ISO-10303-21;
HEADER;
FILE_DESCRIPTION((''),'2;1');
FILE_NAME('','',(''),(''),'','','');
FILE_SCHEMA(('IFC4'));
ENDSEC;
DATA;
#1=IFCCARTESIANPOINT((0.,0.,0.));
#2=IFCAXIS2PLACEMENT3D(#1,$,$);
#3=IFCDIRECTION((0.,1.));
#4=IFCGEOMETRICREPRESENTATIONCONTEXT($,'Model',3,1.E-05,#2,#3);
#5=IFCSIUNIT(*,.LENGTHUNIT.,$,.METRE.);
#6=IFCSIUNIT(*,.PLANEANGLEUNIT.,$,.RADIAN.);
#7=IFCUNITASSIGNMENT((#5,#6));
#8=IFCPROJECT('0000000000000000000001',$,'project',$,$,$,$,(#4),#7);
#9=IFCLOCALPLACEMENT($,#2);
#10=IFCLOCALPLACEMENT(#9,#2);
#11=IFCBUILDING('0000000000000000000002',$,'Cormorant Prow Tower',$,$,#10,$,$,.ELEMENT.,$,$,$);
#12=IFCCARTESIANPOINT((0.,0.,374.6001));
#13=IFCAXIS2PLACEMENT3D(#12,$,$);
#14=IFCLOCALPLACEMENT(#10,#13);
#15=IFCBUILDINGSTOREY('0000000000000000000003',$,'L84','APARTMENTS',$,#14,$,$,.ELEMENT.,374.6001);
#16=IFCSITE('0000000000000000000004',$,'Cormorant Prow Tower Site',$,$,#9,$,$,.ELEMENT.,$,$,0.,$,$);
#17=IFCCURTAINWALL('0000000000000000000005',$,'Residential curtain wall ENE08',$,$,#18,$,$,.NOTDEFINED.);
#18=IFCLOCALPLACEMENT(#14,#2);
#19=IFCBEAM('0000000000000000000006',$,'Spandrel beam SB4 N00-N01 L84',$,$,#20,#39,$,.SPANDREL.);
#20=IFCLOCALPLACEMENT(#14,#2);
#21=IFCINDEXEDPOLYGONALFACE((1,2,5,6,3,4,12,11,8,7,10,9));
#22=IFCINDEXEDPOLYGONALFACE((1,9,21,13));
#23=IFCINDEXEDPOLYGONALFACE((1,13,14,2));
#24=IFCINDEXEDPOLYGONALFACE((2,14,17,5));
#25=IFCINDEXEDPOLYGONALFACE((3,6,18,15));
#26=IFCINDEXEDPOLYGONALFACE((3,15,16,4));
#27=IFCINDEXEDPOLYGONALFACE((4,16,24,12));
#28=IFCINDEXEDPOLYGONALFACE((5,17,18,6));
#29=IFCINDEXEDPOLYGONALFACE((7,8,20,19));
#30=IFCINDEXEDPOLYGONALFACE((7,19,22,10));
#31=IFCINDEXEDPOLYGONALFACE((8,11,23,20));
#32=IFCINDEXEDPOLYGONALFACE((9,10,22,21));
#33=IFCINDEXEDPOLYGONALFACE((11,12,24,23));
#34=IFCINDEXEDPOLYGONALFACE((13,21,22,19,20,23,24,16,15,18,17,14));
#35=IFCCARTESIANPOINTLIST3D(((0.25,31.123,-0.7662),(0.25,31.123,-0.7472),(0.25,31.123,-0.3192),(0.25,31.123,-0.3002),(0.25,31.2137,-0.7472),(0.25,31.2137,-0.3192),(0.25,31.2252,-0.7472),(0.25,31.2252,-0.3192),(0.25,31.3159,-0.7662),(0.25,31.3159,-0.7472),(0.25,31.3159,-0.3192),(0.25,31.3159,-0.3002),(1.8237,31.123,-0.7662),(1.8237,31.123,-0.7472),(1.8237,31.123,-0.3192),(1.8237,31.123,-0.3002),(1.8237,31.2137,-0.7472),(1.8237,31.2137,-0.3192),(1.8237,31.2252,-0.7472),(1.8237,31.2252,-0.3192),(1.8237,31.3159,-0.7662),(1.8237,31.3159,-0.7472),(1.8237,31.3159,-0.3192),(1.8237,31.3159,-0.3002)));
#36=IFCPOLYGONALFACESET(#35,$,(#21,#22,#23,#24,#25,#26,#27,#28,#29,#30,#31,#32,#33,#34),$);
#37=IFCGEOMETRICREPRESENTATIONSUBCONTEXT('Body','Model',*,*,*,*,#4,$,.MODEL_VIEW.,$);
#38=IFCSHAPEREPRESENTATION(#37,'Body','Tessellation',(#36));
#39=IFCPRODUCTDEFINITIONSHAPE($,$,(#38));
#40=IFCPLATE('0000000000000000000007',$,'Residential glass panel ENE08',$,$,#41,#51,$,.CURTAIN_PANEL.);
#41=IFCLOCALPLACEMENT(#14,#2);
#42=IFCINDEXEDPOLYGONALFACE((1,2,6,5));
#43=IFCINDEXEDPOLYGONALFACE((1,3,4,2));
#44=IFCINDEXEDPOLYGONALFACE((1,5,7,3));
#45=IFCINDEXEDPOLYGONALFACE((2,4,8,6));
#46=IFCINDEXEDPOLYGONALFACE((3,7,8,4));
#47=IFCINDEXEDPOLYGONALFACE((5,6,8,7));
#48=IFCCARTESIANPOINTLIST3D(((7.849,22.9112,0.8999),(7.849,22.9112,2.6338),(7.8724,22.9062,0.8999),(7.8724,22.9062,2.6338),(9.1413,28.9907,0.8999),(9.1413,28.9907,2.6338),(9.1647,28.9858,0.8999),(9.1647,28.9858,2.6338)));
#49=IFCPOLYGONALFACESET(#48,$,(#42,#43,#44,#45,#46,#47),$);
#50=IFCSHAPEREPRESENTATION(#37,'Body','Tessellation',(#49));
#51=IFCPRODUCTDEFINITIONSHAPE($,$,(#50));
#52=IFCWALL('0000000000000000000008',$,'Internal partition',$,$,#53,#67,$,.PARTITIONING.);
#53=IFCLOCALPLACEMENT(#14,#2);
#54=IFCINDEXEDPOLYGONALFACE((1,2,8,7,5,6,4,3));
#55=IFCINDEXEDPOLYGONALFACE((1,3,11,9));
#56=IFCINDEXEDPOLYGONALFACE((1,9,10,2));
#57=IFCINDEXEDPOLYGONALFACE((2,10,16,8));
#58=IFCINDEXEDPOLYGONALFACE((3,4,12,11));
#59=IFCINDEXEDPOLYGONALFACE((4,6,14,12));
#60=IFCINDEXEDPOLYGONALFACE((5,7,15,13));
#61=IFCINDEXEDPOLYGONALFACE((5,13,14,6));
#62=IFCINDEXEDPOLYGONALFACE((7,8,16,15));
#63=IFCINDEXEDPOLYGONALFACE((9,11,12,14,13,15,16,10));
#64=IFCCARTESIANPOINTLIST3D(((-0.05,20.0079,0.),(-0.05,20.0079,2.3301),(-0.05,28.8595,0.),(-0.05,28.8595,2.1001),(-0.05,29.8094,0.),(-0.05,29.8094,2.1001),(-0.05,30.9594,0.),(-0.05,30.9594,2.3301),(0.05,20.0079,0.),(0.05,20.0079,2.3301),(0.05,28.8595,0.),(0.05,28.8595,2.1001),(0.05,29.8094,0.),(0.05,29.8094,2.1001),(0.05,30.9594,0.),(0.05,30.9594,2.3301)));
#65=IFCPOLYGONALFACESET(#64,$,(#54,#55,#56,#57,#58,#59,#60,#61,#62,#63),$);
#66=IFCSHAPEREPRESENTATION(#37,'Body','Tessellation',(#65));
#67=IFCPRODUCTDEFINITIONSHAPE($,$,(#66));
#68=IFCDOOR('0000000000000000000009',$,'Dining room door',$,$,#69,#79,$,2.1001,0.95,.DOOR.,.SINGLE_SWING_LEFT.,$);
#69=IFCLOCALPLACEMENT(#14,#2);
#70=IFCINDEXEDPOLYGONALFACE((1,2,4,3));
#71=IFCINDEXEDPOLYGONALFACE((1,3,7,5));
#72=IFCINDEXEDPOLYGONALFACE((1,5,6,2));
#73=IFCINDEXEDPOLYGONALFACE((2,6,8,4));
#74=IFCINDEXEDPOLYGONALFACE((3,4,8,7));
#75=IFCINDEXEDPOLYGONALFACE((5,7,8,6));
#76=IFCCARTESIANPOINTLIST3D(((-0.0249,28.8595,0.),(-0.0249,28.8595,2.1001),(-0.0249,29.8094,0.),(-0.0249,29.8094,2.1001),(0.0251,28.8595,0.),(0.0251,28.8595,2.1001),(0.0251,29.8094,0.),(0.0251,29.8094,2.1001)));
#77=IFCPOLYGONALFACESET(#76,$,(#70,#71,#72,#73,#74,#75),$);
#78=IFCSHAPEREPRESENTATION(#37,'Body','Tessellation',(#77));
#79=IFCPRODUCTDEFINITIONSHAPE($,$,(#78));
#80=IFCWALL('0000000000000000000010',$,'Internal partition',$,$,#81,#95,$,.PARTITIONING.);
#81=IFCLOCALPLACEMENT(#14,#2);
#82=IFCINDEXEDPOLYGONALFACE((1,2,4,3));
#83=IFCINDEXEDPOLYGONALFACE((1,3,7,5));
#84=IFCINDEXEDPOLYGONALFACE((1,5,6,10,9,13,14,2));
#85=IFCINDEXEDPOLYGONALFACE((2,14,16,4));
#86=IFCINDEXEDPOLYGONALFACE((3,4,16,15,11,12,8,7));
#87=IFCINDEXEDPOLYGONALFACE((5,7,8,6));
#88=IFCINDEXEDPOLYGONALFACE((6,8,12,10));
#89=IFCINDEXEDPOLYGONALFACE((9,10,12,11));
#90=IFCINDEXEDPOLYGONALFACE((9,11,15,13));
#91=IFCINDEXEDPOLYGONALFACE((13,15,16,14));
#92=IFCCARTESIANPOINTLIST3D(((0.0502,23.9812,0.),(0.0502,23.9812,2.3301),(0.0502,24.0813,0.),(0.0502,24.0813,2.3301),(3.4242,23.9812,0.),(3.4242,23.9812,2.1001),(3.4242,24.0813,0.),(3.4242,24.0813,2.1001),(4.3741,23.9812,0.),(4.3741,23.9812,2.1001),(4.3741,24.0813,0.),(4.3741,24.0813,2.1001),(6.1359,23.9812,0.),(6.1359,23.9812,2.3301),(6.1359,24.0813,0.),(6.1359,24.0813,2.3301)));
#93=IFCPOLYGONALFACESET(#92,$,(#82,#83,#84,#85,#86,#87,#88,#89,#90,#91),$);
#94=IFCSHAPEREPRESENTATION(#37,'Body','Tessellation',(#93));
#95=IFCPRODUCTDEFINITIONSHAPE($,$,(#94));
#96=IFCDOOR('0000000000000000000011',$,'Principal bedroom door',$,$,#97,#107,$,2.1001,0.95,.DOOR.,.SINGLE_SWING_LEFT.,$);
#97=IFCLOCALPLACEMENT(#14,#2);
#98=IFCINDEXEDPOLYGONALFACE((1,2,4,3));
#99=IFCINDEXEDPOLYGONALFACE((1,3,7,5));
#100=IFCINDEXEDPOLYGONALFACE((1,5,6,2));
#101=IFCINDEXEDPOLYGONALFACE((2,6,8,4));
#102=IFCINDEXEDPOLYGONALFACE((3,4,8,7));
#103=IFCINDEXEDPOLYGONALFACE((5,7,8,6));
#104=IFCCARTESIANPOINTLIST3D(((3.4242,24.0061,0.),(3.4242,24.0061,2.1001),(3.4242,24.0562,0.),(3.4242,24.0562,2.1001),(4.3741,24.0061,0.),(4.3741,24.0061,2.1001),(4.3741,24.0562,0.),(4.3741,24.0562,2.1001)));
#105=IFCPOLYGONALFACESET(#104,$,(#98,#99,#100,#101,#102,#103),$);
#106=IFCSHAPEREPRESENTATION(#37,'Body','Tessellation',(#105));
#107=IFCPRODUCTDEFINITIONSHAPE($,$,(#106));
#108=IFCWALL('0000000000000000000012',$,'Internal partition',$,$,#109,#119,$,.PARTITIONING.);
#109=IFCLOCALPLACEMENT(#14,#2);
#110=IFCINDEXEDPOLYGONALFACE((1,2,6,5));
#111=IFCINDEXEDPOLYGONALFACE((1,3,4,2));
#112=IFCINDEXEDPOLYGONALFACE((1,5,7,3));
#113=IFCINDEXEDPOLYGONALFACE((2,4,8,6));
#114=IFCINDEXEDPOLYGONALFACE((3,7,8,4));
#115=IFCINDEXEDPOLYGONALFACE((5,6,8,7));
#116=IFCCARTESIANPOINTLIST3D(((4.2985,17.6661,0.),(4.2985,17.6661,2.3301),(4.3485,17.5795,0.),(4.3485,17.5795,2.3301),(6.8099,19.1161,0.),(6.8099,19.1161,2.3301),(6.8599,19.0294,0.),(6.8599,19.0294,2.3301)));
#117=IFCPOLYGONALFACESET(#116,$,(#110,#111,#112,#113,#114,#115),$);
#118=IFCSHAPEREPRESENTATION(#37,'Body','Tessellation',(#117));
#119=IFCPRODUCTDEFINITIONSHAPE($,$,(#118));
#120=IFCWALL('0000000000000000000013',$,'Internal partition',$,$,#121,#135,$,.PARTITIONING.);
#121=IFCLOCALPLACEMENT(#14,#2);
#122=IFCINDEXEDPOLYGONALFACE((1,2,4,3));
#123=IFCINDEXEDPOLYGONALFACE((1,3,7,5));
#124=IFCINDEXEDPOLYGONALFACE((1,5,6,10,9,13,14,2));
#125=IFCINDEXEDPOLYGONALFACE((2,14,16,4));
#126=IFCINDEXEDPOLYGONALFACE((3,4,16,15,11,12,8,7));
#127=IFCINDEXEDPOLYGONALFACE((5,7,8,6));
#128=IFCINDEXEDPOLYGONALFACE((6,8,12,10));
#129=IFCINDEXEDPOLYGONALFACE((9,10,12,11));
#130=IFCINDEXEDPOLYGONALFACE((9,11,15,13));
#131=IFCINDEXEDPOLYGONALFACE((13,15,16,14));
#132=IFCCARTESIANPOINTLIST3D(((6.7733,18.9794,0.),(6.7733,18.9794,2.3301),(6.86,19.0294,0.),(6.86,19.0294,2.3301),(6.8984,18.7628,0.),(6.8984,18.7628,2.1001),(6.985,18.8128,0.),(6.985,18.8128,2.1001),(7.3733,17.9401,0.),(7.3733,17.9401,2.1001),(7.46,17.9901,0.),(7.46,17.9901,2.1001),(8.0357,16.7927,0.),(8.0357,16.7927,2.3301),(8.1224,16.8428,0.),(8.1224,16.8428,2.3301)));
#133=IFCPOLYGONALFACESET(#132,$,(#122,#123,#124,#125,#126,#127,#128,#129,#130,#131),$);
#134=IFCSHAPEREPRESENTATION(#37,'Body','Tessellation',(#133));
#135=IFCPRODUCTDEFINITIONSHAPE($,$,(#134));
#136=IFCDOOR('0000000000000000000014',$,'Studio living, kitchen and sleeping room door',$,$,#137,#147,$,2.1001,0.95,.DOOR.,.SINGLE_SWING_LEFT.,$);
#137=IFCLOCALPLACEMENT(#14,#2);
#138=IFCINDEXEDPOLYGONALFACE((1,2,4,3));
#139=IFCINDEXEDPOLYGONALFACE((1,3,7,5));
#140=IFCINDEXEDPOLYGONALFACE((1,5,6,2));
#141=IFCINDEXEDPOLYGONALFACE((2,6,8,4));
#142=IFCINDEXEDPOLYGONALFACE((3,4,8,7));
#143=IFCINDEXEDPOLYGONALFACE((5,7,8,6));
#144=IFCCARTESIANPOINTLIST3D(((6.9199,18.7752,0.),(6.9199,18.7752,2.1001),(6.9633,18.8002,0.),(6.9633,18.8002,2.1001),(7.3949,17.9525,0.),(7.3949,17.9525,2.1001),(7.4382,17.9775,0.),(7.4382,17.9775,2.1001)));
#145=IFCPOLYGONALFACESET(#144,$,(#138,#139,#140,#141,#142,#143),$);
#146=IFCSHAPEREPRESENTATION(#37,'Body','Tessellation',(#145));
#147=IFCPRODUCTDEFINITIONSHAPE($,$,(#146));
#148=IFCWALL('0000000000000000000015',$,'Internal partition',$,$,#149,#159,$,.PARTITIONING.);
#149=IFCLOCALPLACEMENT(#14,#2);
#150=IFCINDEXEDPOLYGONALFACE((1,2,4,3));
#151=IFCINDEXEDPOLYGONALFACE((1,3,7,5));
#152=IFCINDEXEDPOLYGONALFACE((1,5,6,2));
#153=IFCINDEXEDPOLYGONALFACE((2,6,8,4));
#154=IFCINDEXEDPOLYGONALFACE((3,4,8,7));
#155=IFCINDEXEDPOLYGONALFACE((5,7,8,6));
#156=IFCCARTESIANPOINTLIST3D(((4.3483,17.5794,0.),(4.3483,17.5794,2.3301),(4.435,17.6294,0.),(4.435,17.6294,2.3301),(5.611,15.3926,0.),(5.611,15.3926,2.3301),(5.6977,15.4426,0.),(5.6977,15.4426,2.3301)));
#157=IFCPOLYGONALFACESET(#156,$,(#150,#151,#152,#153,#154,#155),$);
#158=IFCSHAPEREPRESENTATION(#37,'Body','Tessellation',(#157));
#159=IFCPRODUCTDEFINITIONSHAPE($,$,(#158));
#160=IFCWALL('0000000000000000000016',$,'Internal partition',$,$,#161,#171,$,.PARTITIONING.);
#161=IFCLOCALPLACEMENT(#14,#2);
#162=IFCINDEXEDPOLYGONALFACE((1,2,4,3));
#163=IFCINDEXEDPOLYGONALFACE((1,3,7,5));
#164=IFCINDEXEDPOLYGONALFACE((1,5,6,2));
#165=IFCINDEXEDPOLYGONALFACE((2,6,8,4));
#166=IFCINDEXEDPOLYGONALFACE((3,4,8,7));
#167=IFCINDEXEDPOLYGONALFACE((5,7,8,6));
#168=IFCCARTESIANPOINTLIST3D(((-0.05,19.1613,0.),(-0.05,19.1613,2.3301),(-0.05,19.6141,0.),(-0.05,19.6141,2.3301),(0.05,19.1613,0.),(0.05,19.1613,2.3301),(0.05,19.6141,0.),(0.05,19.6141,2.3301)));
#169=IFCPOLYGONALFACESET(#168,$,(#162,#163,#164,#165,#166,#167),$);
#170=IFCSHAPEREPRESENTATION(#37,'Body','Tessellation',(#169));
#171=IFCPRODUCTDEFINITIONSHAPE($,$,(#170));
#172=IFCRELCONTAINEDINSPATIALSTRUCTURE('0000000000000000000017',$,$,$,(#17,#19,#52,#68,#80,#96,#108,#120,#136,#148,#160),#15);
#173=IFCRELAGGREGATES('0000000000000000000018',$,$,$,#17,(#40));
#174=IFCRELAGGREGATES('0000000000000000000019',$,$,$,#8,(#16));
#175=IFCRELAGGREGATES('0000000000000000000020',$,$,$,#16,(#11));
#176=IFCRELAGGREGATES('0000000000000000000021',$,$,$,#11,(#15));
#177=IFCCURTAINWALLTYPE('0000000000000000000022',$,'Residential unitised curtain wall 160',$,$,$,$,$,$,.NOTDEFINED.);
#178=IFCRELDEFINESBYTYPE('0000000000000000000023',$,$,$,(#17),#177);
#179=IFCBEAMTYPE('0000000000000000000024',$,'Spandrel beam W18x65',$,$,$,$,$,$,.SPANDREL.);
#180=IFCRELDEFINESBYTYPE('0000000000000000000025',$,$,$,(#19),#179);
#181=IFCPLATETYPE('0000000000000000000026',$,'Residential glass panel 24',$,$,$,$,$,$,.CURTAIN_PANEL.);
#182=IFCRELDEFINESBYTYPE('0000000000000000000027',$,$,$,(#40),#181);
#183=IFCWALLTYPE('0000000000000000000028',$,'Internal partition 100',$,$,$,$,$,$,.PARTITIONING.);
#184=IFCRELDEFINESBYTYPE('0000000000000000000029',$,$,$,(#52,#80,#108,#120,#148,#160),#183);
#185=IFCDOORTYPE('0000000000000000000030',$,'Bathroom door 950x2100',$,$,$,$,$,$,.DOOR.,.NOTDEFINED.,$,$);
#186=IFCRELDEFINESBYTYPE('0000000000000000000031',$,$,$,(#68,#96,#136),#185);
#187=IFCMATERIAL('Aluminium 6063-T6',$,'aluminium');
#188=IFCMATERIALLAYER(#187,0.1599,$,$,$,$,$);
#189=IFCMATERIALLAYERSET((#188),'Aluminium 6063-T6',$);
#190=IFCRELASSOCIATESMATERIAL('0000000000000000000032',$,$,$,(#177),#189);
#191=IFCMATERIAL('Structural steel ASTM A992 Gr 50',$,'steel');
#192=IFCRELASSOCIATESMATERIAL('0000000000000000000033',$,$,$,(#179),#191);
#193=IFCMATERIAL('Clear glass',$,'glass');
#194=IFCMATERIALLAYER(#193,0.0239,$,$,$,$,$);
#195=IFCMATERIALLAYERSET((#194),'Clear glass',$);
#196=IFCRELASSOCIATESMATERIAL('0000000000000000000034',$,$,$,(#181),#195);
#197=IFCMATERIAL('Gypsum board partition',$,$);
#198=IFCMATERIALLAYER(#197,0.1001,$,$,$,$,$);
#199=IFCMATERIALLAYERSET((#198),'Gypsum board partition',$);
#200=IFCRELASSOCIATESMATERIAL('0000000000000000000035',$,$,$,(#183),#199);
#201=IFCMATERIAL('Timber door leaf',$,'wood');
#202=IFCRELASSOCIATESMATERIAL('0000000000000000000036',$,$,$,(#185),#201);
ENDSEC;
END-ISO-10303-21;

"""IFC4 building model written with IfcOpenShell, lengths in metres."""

from ifc_helpers import new_model, si_unit, direction, frame, frame_2d, origin, origin_2d, place, context, subcontext, project, spatial, rectangle, i_section, extrude, material, layer, layer_set, material_profile, profile_set, type_object, element, fill, aggregate, save


model = new_model("IFC4")

# Units and contexts
model_context = context("Model", 3, precision=1e-05, world=origin(), true_north=direction((0.0, 1.0)))
body_context = subcontext(model_context, "Body", "Model", "MODEL_VIEW")
ifc_project = project(units=[si_unit("LENGTHUNIT", "METRE"), si_unit("PLANEANGLEUNIT", "RADIAN")], contexts=[model_context])

# Site, building, storey
site_placement = place(None, origin())
site = spatial("IfcSite", under=ifc_project, at=site_placement, Name="Cormorant Prow Tower Site", CompositionType="ELEMENT", RefElevation=0.0)
building_placement = place(site_placement, origin())
building = spatial("IfcBuilding", under=site, at=building_placement, Name="Cormorant Prow Tower", CompositionType="ELEMENT")
storey_placement = place(building_placement, frame((0.0, 0.0, 374.6001)))
storey = spatial("IfcBuildingStorey", under=building, at=storey_placement, Name="L84", Description="APARTMENTS", CompositionType="ELEMENT", Elevation=374.6001)

# Curtain wall
ifc_material_1 = material(Name="Aluminium 6063-T6", Category="aluminium")
ifc_layer_1 = layer(ifc_material_1, 0.1599)
ifc_layer_set_1 = layer_set([ifc_layer_1], Name="Aluminium 6063-T6")
curtain_wall_type = type_object("IfcCurtainWallType", Name="Residential unitised curtain wall 160", PredefinedType="NOTDEFINED", material=ifc_layer_set_1)
curtain_wall_placement = place(storey_placement, origin())
curtain_wall = element("IfcCurtainWall", 1, at=curtain_wall_placement, inside=storey, type_object=curtain_wall_type, Name="Residential curtain wall ENE08", PredefinedType="NOTDEFINED")

# Beam
ifc_material_2 = material(Name="Structural steel ASTM A992 Gr 50", Category="steel")
ifc_material_profile_1 = material_profile(ifc_material_2, i_section(OverallWidth=0.1929, OverallDepth=0.4661, WebThickness=0.0115, FlangeThickness=0.019, at=origin_2d()), Name="W18x65")
ifc_profile_set_1 = profile_set([ifc_material_profile_1], Name="Structural steel ASTM A992 Gr 50")
beam_type = type_object("IfcBeamType", Name="Spandrel beam W18x65", PredefinedType="SPANDREL", material=ifc_profile_set_1)
beam_1_placement = place(storey_placement, frame((1.8237, 31.2195, -0.5332), z_axis=(-1.0, 0.0, 0.0), x_axis=(0.0, -1.0, 0.0)))
element("IfcBeam", 2, at=beam_1_placement, inside=storey, type_object=beam_type, Name="Spandrel beam SB4 N00-N01 L84", PredefinedType="SPANDREL", context=body_context, shape_type="SweptSolid", body=[
    extrude(i_section(OverallWidth=0.1929, OverallDepth=0.4661, WebThickness=0.0115, FlangeThickness=0.019, at=origin_2d()), origin(), (0.0, 0.0, 1.0), 1.5737),
])

# Plate
ifc_material_3 = material(Name="Clear glass", Category="glass")
ifc_layer_2 = layer(ifc_material_3, 0.0239)
ifc_layer_set_2 = layer_set([ifc_layer_2], Name="Clear glass")
plate_type = type_object("IfcPlateType", Name="Residential glass panel 24", PredefinedType="CURTAIN_PANEL", material=ifc_layer_set_2)
plate_placement = place(storey_placement, frame((8.5068, 25.9485, 0.8999), z_axis=(0.0, 0.0, 1.0), x_axis=(0.207912, 0.978148, 0.0)))
plate = element("IfcPlate", 3, at=plate_placement, type_object=plate_type, Name="Residential glass panel ENE08", PredefinedType="CURTAIN_PANEL", context=body_context, shape_type="SweptSolid", body=[
    extrude(rectangle(XDim=6.2153, YDim=0.0239, at=origin_2d()), origin(), (0.0, 0.0, 1.0), 1.7339),
])
aggregate(curtain_wall, [plate])

# Walls, openings, doors
ifc_material_4 = material(Name="Gypsum board partition")
ifc_layer_3 = layer(ifc_material_4, 0.1001)
ifc_layer_set_3 = layer_set([ifc_layer_3], Name="Gypsum board partition")
wall_type_1 = type_object("IfcWallType", Name="Internal partition 100", PredefinedType="PARTITIONING", material=ifc_layer_set_3)
wall_1_placement = place(storey_placement, frame((0.0, 20.0081, 0.0), z_axis=(0.0, 0.0, 1.0), x_axis=(0.0, 1.0, 0.0)))
wall_1 = element("IfcWall", 4, at=wall_1_placement, inside=storey, type_object=wall_type_1, Name="Internal partition", PredefinedType="PARTITIONING", context=body_context, shape_type="SweptSolid", body=[
    extrude(rectangle(XDim=10.9514, YDim=0.1001, at=frame_2d((5.4756, 0.0))), origin(), (0.0, 0.0, 1.0), 2.3301),
])
opening_1_placement = place(wall_1_placement, frame((8.8513, 0.0, 0.0)))
opening_1 = element("IfcOpeningElement", 5, at=opening_1_placement, cuts=wall_1, PredefinedType="OPENING", context=body_context, shape_type="SweptSolid", body=[
    extrude(rectangle(XDim=0.95, YDim=2.1001, at=frame_2d((0.4751, 1.05))), frame((0.0, 0.0601, 0.0), z_axis=(0.0, -1.0, 0.0), x_axis=(1.0, 0.0, 0.0)), (0.0, 0.0, 1.0), 0.1201),
])
ifc_material_5 = material(Name="Timber door leaf", Category="wood")
door_type_1 = type_object("IfcDoorType", Name="Bathroom door 950x2100", OperationType="NOTDEFINED", PredefinedType="DOOR", material=ifc_material_5)
door_1_placement = place(opening_1_placement, origin())
door_1 = element("IfcDoor", 6, at=door_1_placement, inside=storey, type_object=door_type_1, Name="Dining room door", OperationType="SINGLE_SWING_LEFT", OverallHeight=2.1001, OverallWidth=0.95, PredefinedType="DOOR", context=body_context, shape_type="SweptSolid", body=[
    extrude(rectangle(XDim=0.95, YDim=2.1001, at=frame_2d((0.4751, 1.05))), frame((0.0, 0.0249, 0.0), z_axis=(0.0, -1.0, 0.0), x_axis=(1.0, 0.0, 0.0)), (0.0, 0.0, 1.0), 0.05),
])
fill(opening_1, door_1)
wall_2_placement = place(storey_placement, frame((0.05, 24.0312, 0.0), z_axis=(0.0, 0.0, 1.0), x_axis=(1.0, 0.0, 0.0)))
wall_2 = element("IfcWall", 7, at=wall_2_placement, inside=storey, type_object=wall_type_1, Name="Internal partition", PredefinedType="PARTITIONING", context=body_context, shape_type="SweptSolid", body=[
    extrude(rectangle(XDim=6.0857, YDim=0.1001, at=frame_2d((3.043, 0.0))), origin(), (0.0, 0.0, 1.0), 2.3301),
])
opening_2_placement = place(wall_2_placement, frame((3.374, 0.0, 0.0)))
opening_2 = element("IfcOpeningElement", 8, at=opening_2_placement, cuts=wall_2, PredefinedType="OPENING", context=body_context, shape_type="SweptSolid", body=[
    extrude(rectangle(XDim=0.95, YDim=2.1001, at=frame_2d((0.4751, 1.05))), frame((0.0, 0.0601, 0.0), z_axis=(0.0, -1.0, 0.0), x_axis=(1.0, 0.0, 0.0)), (0.0, 0.0, 1.0), 0.1201),
])
door_2_placement = place(opening_2_placement, origin())
door_2 = element("IfcDoor", 9, at=door_2_placement, inside=storey, type_object=door_type_1, Name="Principal bedroom door", OperationType="SINGLE_SWING_LEFT", OverallHeight=2.1001, OverallWidth=0.95, PredefinedType="DOOR", context=body_context, shape_type="SweptSolid", body=[
    extrude(rectangle(XDim=0.95, YDim=2.1001, at=frame_2d((0.4751, 1.05))), frame((0.0, 0.0249, 0.0), z_axis=(0.0, -1.0, 0.0), x_axis=(1.0, 0.0, 0.0)), (0.0, 0.0, 1.0), 0.05),
])
fill(opening_2, door_2)

# Wall
wall_3_placement = place(storey_placement, frame((4.3235, 17.6228, 0.0), z_axis=(0.0, 0.0, 1.0), x_axis=(0.866033, 0.499987, 0.0)))
element("IfcWall", 10, at=wall_3_placement, inside=storey, type_object=wall_type_1, Name="Internal partition", PredefinedType="PARTITIONING", context=body_context, shape_type="SweptSolid", body=[
    extrude(rectangle(XDim=2.8999, YDim=0.1001, at=frame_2d((1.45, 0.0))), origin(), (0.0, 0.0, 1.0), 2.3301),
])

# Wall, opening, door
wall_4_placement = place(storey_placement, frame((6.8167, 19.0044, 0.0), z_axis=(0.0, 0.0, 1.0), x_axis=(0.499976, -0.866039, 0.0)))
wall_4 = element("IfcWall", 11, at=wall_4_placement, inside=storey, type_object=wall_type_1, Name="Internal partition", PredefinedType="PARTITIONING", context=body_context, shape_type="SweptSolid", body=[
    extrude(rectangle(XDim=2.5249, YDim=0.1001, at=frame_2d((1.2625, 0.0))), origin(), (0.0, 0.0, 1.0), 2.3301),
])
opening_3_placement = place(wall_4_placement, frame((0.25, 0.0, 0.0)))
opening_3 = element("IfcOpeningElement", 12, at=opening_3_placement, cuts=wall_4, PredefinedType="OPENING", context=body_context, shape_type="SweptSolid", body=[
    extrude(rectangle(XDim=0.95, YDim=2.1001, at=frame_2d((0.4751, 1.05))), frame((0.0, 0.0601, 0.0), z_axis=(0.0, -1.0, 0.0), x_axis=(1.0, 0.0, 0.0)), (0.0, 0.0, 1.0), 0.1201),
])
door_3_placement = place(opening_3_placement, origin())
door_3 = element("IfcDoor", 13, at=door_3_placement, inside=storey, type_object=door_type_1, Name="Studio living, kitchen and sleeping room door", OperationType="SINGLE_SWING_LEFT", OverallHeight=2.1001, OverallWidth=0.95, PredefinedType="DOOR", context=body_context, shape_type="SweptSolid", body=[
    extrude(rectangle(XDim=0.95, YDim=2.1001, at=frame_2d((0.4751, 1.05))), frame((0.0, 0.0249, 0.0), z_axis=(0.0, -1.0, 0.0), x_axis=(1.0, 0.0, 0.0)), (0.0, 0.0, 1.0), 0.05),
])
fill(opening_3, door_3)

# Walls
wall_5_placement = place(storey_placement, frame((4.3916, 17.6045, 0.0), z_axis=(0.0, 0.0, 1.0), x_axis=(0.500049, -0.865997, 0.0)))
element("IfcWall", 14, at=wall_5_placement, inside=storey, type_object=wall_type_1, Name="Internal partition", PredefinedType="PARTITIONING", context=body_context, shape_type="SweptSolid", body=[
    extrude(rectangle(XDim=2.5251, YDim=0.1001, at=frame_2d((1.2627, 0.0))), origin(), (0.0, 0.0, 1.0), 2.3301),
])
wall_6_placement = place(storey_placement, frame((0.0, 19.1611, 0.0), z_axis=(0.0, 0.0, 1.0), x_axis=(0.0, 1.0, 0.0)))
element("IfcWall", 15, at=wall_6_placement, inside=storey, type_object=wall_type_1, Name="Internal partition", PredefinedType="PARTITIONING", context=body_context, shape_type="SweptSolid", body=[
    extrude(rectangle(XDim=0.4529, YDim=0.1001, at=frame_2d((0.2266, 0.0))), origin(), (0.0, 0.0, 1.0), 2.3301),
])

save(model, "model.ifc")
